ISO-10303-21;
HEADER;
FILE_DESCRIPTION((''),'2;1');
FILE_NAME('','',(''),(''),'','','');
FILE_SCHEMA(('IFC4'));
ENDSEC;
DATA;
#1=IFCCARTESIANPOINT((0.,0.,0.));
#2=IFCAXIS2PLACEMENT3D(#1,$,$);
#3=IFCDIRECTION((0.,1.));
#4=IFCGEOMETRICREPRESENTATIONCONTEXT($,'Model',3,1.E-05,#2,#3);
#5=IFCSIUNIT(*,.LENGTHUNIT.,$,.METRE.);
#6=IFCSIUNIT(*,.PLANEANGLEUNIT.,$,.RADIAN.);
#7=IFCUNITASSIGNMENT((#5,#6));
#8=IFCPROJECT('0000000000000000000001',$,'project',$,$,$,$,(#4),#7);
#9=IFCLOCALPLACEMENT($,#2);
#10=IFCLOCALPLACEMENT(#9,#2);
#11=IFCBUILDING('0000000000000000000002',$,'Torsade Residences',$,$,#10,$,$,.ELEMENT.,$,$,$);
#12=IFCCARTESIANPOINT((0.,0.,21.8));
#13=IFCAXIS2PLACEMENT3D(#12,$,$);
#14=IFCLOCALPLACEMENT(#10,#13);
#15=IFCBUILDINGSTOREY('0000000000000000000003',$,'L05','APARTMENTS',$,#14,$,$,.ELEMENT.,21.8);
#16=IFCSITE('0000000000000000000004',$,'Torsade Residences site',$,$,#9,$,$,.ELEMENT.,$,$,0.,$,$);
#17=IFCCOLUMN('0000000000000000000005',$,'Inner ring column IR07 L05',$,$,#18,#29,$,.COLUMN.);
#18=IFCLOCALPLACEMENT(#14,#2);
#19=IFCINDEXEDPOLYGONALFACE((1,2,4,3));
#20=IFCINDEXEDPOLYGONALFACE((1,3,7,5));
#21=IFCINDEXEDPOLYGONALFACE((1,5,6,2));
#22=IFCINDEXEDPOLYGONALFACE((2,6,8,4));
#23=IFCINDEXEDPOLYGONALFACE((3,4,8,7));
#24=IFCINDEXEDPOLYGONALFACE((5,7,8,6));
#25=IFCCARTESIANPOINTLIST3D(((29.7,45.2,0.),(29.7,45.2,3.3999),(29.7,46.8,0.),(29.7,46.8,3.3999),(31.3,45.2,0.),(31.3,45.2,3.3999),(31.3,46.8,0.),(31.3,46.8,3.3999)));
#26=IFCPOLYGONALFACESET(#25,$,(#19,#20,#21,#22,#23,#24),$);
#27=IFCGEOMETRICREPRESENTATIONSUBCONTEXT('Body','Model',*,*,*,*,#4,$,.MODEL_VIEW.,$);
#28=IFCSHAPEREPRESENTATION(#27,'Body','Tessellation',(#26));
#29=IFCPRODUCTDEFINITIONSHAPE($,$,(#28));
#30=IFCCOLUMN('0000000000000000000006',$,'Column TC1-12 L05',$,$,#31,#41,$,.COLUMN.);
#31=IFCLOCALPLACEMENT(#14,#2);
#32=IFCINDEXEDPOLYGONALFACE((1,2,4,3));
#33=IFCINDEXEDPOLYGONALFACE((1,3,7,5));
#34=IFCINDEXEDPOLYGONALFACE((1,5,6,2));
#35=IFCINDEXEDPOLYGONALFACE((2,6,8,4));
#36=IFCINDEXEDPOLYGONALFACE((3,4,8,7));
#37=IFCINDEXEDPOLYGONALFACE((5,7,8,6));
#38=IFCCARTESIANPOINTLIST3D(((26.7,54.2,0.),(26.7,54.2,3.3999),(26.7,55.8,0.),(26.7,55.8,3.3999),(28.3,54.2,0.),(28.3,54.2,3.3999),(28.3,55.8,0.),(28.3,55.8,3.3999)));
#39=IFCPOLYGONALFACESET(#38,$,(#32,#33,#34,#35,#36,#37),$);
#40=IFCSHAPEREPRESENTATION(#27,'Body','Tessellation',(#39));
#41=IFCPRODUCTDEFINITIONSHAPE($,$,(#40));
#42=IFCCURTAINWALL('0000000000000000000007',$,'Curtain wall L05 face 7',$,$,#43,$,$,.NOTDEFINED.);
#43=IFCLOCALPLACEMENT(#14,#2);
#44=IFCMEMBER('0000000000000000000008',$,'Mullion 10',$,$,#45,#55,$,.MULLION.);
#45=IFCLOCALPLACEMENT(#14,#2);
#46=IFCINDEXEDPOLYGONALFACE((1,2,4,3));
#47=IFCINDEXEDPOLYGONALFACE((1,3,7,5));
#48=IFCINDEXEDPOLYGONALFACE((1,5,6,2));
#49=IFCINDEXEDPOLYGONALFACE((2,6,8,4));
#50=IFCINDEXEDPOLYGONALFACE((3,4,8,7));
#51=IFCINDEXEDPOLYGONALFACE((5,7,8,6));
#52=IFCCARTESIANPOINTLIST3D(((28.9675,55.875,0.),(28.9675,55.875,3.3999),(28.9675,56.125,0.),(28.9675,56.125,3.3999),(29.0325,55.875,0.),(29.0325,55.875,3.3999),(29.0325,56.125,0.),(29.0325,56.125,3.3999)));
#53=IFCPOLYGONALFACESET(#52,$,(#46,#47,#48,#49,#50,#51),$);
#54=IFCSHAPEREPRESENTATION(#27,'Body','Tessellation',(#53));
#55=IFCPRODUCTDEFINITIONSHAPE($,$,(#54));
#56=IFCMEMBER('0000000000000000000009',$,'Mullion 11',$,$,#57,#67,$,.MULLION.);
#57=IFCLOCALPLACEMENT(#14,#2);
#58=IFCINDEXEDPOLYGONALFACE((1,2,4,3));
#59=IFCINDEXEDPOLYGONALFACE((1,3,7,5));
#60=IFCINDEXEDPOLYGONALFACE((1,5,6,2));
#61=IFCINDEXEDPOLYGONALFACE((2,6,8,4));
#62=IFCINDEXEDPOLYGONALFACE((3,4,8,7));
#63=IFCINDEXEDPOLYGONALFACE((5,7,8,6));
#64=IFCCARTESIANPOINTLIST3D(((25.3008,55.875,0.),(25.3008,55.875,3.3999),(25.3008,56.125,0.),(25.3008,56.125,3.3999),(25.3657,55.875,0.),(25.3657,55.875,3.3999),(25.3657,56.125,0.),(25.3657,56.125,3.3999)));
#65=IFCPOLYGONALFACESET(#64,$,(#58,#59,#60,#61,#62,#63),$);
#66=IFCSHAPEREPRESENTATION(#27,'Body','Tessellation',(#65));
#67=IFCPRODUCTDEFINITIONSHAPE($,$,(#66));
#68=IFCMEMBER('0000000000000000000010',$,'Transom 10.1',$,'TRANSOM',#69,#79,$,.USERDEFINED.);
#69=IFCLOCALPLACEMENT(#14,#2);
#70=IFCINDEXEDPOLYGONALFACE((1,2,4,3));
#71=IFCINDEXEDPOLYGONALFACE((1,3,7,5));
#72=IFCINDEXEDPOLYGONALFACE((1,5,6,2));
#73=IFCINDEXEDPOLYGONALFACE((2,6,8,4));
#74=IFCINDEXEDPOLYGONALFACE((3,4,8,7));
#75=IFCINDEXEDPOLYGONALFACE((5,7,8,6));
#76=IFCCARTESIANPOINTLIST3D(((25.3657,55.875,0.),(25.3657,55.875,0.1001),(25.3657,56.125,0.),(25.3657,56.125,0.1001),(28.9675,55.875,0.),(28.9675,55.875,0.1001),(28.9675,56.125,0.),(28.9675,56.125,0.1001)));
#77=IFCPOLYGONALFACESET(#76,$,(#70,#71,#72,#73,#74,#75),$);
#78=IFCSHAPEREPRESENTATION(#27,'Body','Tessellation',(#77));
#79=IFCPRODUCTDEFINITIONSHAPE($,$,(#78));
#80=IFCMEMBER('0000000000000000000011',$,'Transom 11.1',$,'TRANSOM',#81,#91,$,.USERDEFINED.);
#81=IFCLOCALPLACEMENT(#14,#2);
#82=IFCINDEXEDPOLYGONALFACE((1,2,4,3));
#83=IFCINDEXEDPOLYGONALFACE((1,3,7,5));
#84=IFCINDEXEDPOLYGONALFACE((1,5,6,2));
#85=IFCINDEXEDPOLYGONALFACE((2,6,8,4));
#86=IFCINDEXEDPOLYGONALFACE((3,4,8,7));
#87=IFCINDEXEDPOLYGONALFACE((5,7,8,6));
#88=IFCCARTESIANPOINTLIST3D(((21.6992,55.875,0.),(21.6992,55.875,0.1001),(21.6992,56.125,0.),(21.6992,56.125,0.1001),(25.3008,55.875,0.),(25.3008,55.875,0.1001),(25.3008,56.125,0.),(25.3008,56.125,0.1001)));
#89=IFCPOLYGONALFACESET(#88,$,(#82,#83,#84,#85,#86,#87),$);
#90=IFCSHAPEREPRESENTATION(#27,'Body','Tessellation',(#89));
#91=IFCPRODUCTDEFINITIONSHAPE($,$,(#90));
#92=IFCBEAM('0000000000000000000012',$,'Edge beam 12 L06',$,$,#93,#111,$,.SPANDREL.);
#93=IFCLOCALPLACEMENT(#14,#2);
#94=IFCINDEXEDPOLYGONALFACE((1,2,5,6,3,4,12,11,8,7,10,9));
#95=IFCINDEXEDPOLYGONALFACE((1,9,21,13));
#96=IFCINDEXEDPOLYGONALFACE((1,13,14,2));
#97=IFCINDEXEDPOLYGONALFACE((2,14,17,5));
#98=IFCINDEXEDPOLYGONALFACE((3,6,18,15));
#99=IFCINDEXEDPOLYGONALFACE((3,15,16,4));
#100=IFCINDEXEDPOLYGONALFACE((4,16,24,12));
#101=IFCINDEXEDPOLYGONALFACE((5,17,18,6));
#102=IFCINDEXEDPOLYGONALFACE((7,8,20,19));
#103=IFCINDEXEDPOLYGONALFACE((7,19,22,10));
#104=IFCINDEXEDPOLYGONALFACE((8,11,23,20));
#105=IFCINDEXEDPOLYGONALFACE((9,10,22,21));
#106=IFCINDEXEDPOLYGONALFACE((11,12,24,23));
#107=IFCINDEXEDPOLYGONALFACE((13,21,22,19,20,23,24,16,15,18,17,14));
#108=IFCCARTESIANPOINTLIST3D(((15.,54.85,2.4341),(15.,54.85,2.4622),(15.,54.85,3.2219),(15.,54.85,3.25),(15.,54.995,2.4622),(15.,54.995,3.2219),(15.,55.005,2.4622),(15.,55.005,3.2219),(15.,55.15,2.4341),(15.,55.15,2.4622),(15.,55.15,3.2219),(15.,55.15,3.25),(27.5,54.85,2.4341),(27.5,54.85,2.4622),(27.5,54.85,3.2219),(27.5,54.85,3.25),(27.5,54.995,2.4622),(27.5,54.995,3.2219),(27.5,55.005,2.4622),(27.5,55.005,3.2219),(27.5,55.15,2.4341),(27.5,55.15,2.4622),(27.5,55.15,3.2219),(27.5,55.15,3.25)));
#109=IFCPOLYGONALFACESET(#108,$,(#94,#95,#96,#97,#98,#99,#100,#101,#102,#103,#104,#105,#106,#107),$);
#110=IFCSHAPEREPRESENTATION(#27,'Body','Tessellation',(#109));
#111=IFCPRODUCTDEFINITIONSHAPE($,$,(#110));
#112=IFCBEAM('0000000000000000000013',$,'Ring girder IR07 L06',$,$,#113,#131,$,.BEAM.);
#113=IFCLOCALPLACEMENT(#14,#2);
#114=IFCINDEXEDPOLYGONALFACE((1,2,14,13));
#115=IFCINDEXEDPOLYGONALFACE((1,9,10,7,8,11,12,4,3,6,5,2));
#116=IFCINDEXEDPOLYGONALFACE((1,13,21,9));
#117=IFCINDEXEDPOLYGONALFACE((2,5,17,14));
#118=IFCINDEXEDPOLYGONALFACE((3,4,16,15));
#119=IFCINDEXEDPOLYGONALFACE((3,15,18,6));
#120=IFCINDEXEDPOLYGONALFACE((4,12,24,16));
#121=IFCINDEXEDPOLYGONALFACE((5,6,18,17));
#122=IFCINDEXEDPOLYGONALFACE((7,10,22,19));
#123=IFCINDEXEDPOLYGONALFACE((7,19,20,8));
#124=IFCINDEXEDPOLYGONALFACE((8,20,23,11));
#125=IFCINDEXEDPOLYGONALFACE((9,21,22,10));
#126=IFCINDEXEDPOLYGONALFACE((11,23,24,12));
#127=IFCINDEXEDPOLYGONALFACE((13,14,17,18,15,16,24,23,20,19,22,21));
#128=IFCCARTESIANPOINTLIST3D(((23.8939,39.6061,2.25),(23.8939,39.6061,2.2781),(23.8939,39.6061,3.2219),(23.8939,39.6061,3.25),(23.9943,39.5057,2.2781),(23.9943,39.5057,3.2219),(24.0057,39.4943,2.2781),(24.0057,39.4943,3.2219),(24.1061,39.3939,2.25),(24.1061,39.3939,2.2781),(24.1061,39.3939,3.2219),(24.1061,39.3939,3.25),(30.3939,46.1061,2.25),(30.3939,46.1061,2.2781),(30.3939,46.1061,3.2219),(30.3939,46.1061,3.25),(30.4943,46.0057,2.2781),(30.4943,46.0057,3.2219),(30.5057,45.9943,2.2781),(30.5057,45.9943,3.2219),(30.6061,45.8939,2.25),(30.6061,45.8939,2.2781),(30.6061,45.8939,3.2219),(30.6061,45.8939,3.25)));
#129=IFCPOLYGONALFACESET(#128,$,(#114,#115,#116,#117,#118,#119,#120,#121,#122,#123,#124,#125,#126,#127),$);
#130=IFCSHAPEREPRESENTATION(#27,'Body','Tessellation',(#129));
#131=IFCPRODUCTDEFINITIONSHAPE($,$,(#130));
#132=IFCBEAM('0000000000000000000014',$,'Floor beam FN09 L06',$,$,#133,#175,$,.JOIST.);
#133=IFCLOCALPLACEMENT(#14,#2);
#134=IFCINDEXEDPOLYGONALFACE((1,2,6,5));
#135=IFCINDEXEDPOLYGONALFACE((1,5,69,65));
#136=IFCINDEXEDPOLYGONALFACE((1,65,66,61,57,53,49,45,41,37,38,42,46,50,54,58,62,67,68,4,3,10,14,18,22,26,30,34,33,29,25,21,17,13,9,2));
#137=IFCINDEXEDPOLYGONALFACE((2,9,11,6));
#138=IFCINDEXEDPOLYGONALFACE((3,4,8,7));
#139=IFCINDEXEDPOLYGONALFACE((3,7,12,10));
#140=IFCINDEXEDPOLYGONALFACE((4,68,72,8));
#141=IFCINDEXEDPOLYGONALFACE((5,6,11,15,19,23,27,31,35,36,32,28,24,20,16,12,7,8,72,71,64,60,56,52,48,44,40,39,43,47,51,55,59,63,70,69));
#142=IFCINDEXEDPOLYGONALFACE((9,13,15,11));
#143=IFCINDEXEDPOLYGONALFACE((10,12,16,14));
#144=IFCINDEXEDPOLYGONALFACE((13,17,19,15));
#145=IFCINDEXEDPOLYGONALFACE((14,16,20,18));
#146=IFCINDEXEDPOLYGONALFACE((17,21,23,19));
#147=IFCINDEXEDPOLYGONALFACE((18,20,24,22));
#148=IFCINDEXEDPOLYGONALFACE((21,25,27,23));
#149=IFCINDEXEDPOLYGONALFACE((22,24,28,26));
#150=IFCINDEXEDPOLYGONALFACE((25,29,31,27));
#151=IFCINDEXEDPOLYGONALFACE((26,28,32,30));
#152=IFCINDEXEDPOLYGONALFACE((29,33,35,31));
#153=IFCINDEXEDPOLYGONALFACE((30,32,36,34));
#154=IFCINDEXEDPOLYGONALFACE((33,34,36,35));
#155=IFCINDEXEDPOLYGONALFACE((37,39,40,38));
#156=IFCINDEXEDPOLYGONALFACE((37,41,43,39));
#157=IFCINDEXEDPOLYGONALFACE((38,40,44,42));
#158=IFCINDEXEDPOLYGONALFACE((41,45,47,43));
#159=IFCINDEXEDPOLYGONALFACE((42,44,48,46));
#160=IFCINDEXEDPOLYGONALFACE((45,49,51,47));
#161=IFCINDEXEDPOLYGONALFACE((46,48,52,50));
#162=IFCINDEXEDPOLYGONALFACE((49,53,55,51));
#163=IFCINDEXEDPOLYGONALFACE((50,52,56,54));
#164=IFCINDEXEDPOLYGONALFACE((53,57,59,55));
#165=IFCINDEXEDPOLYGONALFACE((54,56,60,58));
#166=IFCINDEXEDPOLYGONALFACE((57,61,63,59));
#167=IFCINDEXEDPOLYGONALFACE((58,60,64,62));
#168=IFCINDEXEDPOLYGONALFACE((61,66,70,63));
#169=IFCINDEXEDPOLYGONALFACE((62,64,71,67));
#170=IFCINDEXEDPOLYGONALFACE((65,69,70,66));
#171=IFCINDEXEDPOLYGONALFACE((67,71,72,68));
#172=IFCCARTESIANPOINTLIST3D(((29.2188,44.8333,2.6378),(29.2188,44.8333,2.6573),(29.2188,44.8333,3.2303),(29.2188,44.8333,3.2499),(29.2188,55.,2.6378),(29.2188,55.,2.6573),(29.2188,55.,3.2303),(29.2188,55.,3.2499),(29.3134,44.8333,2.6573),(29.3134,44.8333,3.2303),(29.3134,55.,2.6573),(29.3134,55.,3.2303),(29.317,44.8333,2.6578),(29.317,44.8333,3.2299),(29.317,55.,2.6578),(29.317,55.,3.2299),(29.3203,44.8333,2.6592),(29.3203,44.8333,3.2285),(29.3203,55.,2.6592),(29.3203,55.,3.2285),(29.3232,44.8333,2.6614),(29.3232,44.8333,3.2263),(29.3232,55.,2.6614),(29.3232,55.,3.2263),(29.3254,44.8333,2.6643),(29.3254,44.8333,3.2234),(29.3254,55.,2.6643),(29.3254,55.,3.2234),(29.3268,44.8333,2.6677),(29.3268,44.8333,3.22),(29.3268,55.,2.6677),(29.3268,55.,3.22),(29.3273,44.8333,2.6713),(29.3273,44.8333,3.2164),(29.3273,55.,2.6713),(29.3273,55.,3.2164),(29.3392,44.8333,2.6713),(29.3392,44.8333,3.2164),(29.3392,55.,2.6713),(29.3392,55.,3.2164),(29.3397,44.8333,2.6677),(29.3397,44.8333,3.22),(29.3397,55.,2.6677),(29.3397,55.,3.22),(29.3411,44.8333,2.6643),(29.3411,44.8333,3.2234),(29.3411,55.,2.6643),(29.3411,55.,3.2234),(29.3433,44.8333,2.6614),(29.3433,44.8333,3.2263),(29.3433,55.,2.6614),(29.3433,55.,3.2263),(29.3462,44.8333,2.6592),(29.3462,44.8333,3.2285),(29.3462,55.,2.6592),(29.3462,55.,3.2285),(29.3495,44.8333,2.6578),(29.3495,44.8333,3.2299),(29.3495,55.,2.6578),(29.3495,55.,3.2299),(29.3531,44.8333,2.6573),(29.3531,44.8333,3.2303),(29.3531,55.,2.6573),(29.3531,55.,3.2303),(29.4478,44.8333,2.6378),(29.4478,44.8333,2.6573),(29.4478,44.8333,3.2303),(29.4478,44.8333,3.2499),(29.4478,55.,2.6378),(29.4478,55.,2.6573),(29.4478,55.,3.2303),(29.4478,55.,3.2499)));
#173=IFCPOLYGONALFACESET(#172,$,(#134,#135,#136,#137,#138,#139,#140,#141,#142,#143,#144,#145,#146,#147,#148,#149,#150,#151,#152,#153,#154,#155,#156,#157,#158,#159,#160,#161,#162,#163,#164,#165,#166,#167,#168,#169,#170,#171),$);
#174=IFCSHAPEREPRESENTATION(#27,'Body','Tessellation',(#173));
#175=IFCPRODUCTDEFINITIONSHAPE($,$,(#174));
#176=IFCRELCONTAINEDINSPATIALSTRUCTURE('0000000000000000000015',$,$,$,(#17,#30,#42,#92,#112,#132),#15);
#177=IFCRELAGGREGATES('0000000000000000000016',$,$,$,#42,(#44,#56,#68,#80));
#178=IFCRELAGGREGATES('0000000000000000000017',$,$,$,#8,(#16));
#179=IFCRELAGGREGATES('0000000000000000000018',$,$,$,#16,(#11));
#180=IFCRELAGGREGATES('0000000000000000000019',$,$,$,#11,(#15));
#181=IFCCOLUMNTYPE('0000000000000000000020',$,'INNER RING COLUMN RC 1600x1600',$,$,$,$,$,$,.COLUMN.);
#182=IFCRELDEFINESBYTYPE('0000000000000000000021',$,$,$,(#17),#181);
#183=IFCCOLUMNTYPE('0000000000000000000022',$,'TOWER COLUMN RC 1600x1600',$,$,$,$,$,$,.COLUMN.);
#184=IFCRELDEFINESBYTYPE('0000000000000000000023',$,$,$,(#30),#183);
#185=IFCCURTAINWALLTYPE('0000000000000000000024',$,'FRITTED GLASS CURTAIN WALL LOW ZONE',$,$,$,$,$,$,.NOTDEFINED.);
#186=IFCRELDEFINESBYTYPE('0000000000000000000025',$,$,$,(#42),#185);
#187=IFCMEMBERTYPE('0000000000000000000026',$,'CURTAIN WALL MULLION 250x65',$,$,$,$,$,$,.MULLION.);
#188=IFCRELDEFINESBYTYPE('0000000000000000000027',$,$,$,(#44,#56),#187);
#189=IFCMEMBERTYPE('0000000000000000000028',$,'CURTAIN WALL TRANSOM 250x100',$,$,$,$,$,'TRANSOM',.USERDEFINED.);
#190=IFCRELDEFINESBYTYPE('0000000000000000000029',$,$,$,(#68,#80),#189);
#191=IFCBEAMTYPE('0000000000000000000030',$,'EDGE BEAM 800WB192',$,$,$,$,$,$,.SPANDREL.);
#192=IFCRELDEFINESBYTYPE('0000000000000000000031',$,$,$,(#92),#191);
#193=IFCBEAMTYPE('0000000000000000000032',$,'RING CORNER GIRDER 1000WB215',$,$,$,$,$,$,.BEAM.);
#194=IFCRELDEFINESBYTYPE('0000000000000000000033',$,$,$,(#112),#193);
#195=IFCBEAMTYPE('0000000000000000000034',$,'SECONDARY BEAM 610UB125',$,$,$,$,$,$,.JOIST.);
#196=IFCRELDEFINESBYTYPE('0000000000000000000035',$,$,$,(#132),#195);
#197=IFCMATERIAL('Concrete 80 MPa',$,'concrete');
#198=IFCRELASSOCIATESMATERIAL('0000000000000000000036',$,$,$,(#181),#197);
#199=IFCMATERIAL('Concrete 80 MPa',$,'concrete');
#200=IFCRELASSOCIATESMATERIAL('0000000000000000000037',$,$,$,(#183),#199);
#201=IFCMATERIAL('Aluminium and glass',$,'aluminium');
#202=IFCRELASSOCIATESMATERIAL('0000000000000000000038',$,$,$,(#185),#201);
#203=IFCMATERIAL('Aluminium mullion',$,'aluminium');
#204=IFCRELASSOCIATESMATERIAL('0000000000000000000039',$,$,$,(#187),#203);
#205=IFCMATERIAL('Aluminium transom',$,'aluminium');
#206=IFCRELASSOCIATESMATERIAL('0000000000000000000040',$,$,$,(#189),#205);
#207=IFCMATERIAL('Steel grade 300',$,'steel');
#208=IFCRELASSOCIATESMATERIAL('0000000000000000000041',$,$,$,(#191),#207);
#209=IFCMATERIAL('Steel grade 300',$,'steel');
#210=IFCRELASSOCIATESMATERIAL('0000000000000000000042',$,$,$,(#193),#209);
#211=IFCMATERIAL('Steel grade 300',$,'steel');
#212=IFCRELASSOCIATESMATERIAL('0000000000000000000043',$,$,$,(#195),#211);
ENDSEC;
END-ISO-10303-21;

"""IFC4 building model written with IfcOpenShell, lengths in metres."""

from ifc_helpers import new_model, si_unit, direction, frame, origin, origin_2d, place, context, subcontext, project, spatial, rectangle, i_section, extrude, material, material_profile, profile_set, type_object, element, aggregate, save


model = new_model("IFC4")

# Units and contexts
model_context = context("Model", 3, precision=1e-05, world=origin(), true_north=direction((0.0, 1.0)))
body_context = subcontext(model_context, "Body", "Model", "MODEL_VIEW")
ifc_project = project(units=[si_unit("LENGTHUNIT", "METRE"), si_unit("PLANEANGLEUNIT", "RADIAN")], contexts=[model_context])

# Site, building, storey
site_placement = place(None, origin())
site = spatial("IfcSite", under=ifc_project, at=site_placement, Name="Torsade Residences site", CompositionType="ELEMENT", RefElevation=0.0)
building_placement = place(site_placement, origin())
building = spatial("IfcBuilding", under=site, at=building_placement, Name="Torsade Residences", CompositionType="ELEMENT")
storey_placement = place(building_placement, frame((0.0, 0.0, 21.8)))
storey = spatial("IfcBuildingStorey", under=building, at=storey_placement, Name="L05", Description="APARTMENTS", CompositionType="ELEMENT", Elevation=21.8)

# Columns
ifc_material_1 = material(Name="Concrete 80 MPa", Category="concrete")
ifc_material_profile_1 = material_profile(ifc_material_1, rectangle(XDim=1.6001, YDim=1.6001, at=origin_2d()), Name="RC 1600x1600")
ifc_profile_set_1 = profile_set([ifc_material_profile_1], Name="Concrete 80 MPa")
column_type_1 = type_object("IfcColumnType", Name="INNER RING COLUMN RC 1600x1600", PredefinedType="COLUMN", material=ifc_profile_set_1)
column_1_placement = place(storey_placement, frame((30.5, 46.0, 0.0), z_axis=(0.0, 0.0, 1.0), x_axis=(1.0, 0.0, 0.0)))
element("IfcColumn", 1, at=column_1_placement, inside=storey, type_object=column_type_1, Name="Inner ring column IR07 L05", PredefinedType="COLUMN", context=body_context, shape_type="SweptSolid", body=[
    extrude(rectangle(XDim=1.6001, YDim=1.6001, at=origin_2d()), origin(), (0.0, 0.0, 1.0), 3.3999),
])
ifc_material_2 = material(Name="Concrete 80 MPa", Category="concrete")
ifc_material_profile_2 = material_profile(ifc_material_2, rectangle(XDim=1.6001, YDim=1.6001, at=origin_2d()), Name="RC 1600x1600")
ifc_profile_set_2 = profile_set([ifc_material_profile_2], Name="Concrete 80 MPa")
column_type_2 = type_object("IfcColumnType", Name="TOWER COLUMN RC 1600x1600", PredefinedType="COLUMN", material=ifc_profile_set_2)
column_2_placement = place(storey_placement, frame((27.5, 55.0, 0.0), z_axis=(0.0, 0.0, 1.0), x_axis=(1.0, 0.0, 0.0)))
element("IfcColumn", 2, at=column_2_placement, inside=storey, type_object=column_type_2, Name="Column TC1-12 L05", PredefinedType="COLUMN", context=body_context, shape_type="SweptSolid", body=[
    extrude(rectangle(XDim=1.6001, YDim=1.6001, at=origin_2d()), origin(), (0.0, 0.0, 1.0), 3.3999),
])

# Curtain wall, members
ifc_material_3 = material(Name="Aluminium and glass", Category="aluminium")
curtain_wall_type = type_object("IfcCurtainWallType", Name="FRITTED GLASS CURTAIN WALL LOW ZONE", PredefinedType="NOTDEFINED", material=ifc_material_3)
curtain_wall_placement = place(storey_placement, origin())
curtain_wall = element("IfcCurtainWall", 3, at=curtain_wall_placement, inside=storey, type_object=curtain_wall_type, Name="Curtain wall L05 face 7", PredefinedType="NOTDEFINED")
ifc_material_4 = material(Name="Aluminium mullion", Category="aluminium")
ifc_material_profile_3 = material_profile(ifc_material_4, rectangle(XDim=0.25, YDim=0.0649, at=origin_2d()), Name="CURTAIN WALL MULLION 250x65")
ifc_profile_set_3 = profile_set([ifc_material_profile_3], Name="Aluminium mullion")
member_type_1 = type_object("IfcMemberType", Name="CURTAIN WALL MULLION 250x65", PredefinedType="MULLION", material=ifc_profile_set_3)
member_1_placement = place(storey_placement, frame((29.0, 56.0, 0.0), z_axis=(0.0, 0.0, 1.0), x_axis=(0.0, -1.0, 0.0)))
member_1 = element("IfcMember", 4, at=member_1_placement, type_object=member_type_1, Name="Mullion 10", PredefinedType="MULLION", context=body_context, shape_type="SweptSolid", body=[
    extrude(rectangle(XDim=0.25, YDim=0.0649, at=origin_2d()), origin(), (0.0, 0.0, 1.0), 3.3999),
])
member_2_placement = place(storey_placement, frame((25.3333, 56.0, 0.0), z_axis=(0.0, 0.0, 1.0), x_axis=(0.0, -1.0, 0.0)))
member_2 = element("IfcMember", 5, at=member_2_placement, type_object=member_type_1, Name="Mullion 11", PredefinedType="MULLION", context=body_context, shape_type="SweptSolid", body=[
    extrude(rectangle(XDim=0.25, YDim=0.0649, at=origin_2d()), origin(), (0.0, 0.0, 1.0), 3.3999),
])
ifc_material_5 = material(Name="Aluminium transom", Category="aluminium")
ifc_material_profile_4 = material_profile(ifc_material_5, rectangle(XDim=0.25, YDim=0.1001, at=origin_2d()), Name="CURTAIN WALL TRANSOM 250x100")
ifc_profile_set_4 = profile_set([ifc_material_profile_4], Name="Aluminium transom")
member_type_2 = type_object("IfcMemberType", Name="CURTAIN WALL TRANSOM 250x100", ElementType="TRANSOM", PredefinedType="USERDEFINED", material=ifc_profile_set_4)
member_3_placement = place(storey_placement, frame((28.9675, 56.0, 0.05), z_axis=(-1.0, 0.0, 0.0), x_axis=(0.0, -1.0, 0.0)))
member_3 = element("IfcMember", 6, at=member_3_placement, type_object=member_type_2, Name="Transom 10.1", ObjectType="TRANSOM", PredefinedType="USERDEFINED", context=body_context, shape_type="SweptSolid", body=[
    extrude(rectangle(XDim=0.25, YDim=0.1001, at=origin_2d()), origin(), (0.0, 0.0, 1.0), 3.6018),
])
member_4_placement = place(storey_placement, frame((25.3008, 56.0, 0.05), z_axis=(-1.0, 0.0, 0.0), x_axis=(0.0, -1.0, 0.0)))
member_4 = element("IfcMember", 7, at=member_4_placement, type_object=member_type_2, Name="Transom 11.1", ObjectType="TRANSOM", PredefinedType="USERDEFINED", context=body_context, shape_type="SweptSolid", body=[
    extrude(rectangle(XDim=0.25, YDim=0.1001, at=origin_2d()), origin(), (0.0, 0.0, 1.0), 3.6016),
])

# Beams
ifc_material_6 = material(Name="Steel grade 300", Category="steel")
ifc_material_profile_5 = material_profile(ifc_material_6, i_section(OverallWidth=0.3, OverallDepth=0.8159, WebThickness=0.01, FlangeThickness=0.0281, at=origin_2d()), Name="800WB192")
ifc_profile_set_5 = profile_set([ifc_material_profile_5], Name="Steel grade 300")
beam_type_1 = type_object("IfcBeamType", Name="EDGE BEAM 800WB192", PredefinedType="SPANDREL", material=ifc_profile_set_5)
beam_1_placement = place(storey_placement, frame((27.5, 55.0, 2.842), z_axis=(-1.0, 0.0, 0.0), x_axis=(0.0, -1.0, 0.0)))
element("IfcBeam", 8, at=beam_1_placement, inside=storey, type_object=beam_type_1, Name="Edge beam 12 L06", PredefinedType="SPANDREL", context=body_context, shape_type="SweptSolid", body=[
    extrude(i_section(OverallWidth=0.3, OverallDepth=0.8159, WebThickness=0.01, FlangeThickness=0.0281, at=origin_2d()), origin(), (0.0, 0.0, 1.0), 12.5),
])
ifc_material_7 = material(Name="Steel grade 300", Category="steel")
ifc_material_profile_6 = material_profile(ifc_material_7, i_section(OverallWidth=0.3, OverallDepth=1.0, WebThickness=0.0161, FlangeThickness=0.0281, at=origin_2d()), Name="1000WB215")
ifc_profile_set_6 = profile_set([ifc_material_profile_6], Name="Steel grade 300")
beam_type_2 = type_object("IfcBeamType", Name="RING CORNER GIRDER 1000WB215", PredefinedType="BEAM", material=ifc_profile_set_6)
beam_2_placement = place(storey_placement, frame((30.5, 46.0, 2.75), z_axis=(-0.707107, -0.707107, 0.0), x_axis=(0.707107, -0.707107, 0.0)))
element("IfcBeam", 9, at=beam_2_placement, inside=storey, type_object=beam_type_2, Name="Ring girder IR07 L06", PredefinedType="BEAM", context=body_context, shape_type="SweptSolid", body=[
    extrude(i_section(OverallWidth=0.3, OverallDepth=1.0, WebThickness=0.0161, FlangeThickness=0.0281, at=origin_2d()), origin(), (0.0, 0.0, 1.0), 9.1924),
])
ifc_material_8 = material(Name="Steel grade 300", Category="steel")
ifc_material_profile_7 = material_profile(ifc_material_8, i_section(OverallWidth=0.229, OverallDepth=0.6121, WebThickness=0.012, FlangeThickness=0.0195, FilletRadius=0.0139, at=origin_2d()), Name="610UB125")
ifc_profile_set_7 = profile_set([ifc_material_profile_7], Name="Steel grade 300")
beam_type_3 = type_object("IfcBeamType", Name="SECONDARY BEAM 610UB125", PredefinedType="JOIST", material=ifc_profile_set_7)
beam_3_placement = place(storey_placement, frame((29.3333, 55.0, 2.9438), z_axis=(0.0, -1.0, 0.0), x_axis=(1.0, 0.0, 0.0)))
element("IfcBeam", 10, at=beam_3_placement, inside=storey, type_object=beam_type_3, Name="Floor beam FN09 L06", PredefinedType="JOIST", context=body_context, shape_type="SweptSolid", body=[
    extrude(i_section(OverallWidth=0.229, OverallDepth=0.6121, WebThickness=0.012, FlangeThickness=0.0195, FilletRadius=0.0139, at=origin_2d()), origin(), (0.0, 0.0, 1.0), 10.1667),
])

aggregate(curtain_wall, [member_1, member_2, member_3, member_4])

save(model, "model.ifc")
